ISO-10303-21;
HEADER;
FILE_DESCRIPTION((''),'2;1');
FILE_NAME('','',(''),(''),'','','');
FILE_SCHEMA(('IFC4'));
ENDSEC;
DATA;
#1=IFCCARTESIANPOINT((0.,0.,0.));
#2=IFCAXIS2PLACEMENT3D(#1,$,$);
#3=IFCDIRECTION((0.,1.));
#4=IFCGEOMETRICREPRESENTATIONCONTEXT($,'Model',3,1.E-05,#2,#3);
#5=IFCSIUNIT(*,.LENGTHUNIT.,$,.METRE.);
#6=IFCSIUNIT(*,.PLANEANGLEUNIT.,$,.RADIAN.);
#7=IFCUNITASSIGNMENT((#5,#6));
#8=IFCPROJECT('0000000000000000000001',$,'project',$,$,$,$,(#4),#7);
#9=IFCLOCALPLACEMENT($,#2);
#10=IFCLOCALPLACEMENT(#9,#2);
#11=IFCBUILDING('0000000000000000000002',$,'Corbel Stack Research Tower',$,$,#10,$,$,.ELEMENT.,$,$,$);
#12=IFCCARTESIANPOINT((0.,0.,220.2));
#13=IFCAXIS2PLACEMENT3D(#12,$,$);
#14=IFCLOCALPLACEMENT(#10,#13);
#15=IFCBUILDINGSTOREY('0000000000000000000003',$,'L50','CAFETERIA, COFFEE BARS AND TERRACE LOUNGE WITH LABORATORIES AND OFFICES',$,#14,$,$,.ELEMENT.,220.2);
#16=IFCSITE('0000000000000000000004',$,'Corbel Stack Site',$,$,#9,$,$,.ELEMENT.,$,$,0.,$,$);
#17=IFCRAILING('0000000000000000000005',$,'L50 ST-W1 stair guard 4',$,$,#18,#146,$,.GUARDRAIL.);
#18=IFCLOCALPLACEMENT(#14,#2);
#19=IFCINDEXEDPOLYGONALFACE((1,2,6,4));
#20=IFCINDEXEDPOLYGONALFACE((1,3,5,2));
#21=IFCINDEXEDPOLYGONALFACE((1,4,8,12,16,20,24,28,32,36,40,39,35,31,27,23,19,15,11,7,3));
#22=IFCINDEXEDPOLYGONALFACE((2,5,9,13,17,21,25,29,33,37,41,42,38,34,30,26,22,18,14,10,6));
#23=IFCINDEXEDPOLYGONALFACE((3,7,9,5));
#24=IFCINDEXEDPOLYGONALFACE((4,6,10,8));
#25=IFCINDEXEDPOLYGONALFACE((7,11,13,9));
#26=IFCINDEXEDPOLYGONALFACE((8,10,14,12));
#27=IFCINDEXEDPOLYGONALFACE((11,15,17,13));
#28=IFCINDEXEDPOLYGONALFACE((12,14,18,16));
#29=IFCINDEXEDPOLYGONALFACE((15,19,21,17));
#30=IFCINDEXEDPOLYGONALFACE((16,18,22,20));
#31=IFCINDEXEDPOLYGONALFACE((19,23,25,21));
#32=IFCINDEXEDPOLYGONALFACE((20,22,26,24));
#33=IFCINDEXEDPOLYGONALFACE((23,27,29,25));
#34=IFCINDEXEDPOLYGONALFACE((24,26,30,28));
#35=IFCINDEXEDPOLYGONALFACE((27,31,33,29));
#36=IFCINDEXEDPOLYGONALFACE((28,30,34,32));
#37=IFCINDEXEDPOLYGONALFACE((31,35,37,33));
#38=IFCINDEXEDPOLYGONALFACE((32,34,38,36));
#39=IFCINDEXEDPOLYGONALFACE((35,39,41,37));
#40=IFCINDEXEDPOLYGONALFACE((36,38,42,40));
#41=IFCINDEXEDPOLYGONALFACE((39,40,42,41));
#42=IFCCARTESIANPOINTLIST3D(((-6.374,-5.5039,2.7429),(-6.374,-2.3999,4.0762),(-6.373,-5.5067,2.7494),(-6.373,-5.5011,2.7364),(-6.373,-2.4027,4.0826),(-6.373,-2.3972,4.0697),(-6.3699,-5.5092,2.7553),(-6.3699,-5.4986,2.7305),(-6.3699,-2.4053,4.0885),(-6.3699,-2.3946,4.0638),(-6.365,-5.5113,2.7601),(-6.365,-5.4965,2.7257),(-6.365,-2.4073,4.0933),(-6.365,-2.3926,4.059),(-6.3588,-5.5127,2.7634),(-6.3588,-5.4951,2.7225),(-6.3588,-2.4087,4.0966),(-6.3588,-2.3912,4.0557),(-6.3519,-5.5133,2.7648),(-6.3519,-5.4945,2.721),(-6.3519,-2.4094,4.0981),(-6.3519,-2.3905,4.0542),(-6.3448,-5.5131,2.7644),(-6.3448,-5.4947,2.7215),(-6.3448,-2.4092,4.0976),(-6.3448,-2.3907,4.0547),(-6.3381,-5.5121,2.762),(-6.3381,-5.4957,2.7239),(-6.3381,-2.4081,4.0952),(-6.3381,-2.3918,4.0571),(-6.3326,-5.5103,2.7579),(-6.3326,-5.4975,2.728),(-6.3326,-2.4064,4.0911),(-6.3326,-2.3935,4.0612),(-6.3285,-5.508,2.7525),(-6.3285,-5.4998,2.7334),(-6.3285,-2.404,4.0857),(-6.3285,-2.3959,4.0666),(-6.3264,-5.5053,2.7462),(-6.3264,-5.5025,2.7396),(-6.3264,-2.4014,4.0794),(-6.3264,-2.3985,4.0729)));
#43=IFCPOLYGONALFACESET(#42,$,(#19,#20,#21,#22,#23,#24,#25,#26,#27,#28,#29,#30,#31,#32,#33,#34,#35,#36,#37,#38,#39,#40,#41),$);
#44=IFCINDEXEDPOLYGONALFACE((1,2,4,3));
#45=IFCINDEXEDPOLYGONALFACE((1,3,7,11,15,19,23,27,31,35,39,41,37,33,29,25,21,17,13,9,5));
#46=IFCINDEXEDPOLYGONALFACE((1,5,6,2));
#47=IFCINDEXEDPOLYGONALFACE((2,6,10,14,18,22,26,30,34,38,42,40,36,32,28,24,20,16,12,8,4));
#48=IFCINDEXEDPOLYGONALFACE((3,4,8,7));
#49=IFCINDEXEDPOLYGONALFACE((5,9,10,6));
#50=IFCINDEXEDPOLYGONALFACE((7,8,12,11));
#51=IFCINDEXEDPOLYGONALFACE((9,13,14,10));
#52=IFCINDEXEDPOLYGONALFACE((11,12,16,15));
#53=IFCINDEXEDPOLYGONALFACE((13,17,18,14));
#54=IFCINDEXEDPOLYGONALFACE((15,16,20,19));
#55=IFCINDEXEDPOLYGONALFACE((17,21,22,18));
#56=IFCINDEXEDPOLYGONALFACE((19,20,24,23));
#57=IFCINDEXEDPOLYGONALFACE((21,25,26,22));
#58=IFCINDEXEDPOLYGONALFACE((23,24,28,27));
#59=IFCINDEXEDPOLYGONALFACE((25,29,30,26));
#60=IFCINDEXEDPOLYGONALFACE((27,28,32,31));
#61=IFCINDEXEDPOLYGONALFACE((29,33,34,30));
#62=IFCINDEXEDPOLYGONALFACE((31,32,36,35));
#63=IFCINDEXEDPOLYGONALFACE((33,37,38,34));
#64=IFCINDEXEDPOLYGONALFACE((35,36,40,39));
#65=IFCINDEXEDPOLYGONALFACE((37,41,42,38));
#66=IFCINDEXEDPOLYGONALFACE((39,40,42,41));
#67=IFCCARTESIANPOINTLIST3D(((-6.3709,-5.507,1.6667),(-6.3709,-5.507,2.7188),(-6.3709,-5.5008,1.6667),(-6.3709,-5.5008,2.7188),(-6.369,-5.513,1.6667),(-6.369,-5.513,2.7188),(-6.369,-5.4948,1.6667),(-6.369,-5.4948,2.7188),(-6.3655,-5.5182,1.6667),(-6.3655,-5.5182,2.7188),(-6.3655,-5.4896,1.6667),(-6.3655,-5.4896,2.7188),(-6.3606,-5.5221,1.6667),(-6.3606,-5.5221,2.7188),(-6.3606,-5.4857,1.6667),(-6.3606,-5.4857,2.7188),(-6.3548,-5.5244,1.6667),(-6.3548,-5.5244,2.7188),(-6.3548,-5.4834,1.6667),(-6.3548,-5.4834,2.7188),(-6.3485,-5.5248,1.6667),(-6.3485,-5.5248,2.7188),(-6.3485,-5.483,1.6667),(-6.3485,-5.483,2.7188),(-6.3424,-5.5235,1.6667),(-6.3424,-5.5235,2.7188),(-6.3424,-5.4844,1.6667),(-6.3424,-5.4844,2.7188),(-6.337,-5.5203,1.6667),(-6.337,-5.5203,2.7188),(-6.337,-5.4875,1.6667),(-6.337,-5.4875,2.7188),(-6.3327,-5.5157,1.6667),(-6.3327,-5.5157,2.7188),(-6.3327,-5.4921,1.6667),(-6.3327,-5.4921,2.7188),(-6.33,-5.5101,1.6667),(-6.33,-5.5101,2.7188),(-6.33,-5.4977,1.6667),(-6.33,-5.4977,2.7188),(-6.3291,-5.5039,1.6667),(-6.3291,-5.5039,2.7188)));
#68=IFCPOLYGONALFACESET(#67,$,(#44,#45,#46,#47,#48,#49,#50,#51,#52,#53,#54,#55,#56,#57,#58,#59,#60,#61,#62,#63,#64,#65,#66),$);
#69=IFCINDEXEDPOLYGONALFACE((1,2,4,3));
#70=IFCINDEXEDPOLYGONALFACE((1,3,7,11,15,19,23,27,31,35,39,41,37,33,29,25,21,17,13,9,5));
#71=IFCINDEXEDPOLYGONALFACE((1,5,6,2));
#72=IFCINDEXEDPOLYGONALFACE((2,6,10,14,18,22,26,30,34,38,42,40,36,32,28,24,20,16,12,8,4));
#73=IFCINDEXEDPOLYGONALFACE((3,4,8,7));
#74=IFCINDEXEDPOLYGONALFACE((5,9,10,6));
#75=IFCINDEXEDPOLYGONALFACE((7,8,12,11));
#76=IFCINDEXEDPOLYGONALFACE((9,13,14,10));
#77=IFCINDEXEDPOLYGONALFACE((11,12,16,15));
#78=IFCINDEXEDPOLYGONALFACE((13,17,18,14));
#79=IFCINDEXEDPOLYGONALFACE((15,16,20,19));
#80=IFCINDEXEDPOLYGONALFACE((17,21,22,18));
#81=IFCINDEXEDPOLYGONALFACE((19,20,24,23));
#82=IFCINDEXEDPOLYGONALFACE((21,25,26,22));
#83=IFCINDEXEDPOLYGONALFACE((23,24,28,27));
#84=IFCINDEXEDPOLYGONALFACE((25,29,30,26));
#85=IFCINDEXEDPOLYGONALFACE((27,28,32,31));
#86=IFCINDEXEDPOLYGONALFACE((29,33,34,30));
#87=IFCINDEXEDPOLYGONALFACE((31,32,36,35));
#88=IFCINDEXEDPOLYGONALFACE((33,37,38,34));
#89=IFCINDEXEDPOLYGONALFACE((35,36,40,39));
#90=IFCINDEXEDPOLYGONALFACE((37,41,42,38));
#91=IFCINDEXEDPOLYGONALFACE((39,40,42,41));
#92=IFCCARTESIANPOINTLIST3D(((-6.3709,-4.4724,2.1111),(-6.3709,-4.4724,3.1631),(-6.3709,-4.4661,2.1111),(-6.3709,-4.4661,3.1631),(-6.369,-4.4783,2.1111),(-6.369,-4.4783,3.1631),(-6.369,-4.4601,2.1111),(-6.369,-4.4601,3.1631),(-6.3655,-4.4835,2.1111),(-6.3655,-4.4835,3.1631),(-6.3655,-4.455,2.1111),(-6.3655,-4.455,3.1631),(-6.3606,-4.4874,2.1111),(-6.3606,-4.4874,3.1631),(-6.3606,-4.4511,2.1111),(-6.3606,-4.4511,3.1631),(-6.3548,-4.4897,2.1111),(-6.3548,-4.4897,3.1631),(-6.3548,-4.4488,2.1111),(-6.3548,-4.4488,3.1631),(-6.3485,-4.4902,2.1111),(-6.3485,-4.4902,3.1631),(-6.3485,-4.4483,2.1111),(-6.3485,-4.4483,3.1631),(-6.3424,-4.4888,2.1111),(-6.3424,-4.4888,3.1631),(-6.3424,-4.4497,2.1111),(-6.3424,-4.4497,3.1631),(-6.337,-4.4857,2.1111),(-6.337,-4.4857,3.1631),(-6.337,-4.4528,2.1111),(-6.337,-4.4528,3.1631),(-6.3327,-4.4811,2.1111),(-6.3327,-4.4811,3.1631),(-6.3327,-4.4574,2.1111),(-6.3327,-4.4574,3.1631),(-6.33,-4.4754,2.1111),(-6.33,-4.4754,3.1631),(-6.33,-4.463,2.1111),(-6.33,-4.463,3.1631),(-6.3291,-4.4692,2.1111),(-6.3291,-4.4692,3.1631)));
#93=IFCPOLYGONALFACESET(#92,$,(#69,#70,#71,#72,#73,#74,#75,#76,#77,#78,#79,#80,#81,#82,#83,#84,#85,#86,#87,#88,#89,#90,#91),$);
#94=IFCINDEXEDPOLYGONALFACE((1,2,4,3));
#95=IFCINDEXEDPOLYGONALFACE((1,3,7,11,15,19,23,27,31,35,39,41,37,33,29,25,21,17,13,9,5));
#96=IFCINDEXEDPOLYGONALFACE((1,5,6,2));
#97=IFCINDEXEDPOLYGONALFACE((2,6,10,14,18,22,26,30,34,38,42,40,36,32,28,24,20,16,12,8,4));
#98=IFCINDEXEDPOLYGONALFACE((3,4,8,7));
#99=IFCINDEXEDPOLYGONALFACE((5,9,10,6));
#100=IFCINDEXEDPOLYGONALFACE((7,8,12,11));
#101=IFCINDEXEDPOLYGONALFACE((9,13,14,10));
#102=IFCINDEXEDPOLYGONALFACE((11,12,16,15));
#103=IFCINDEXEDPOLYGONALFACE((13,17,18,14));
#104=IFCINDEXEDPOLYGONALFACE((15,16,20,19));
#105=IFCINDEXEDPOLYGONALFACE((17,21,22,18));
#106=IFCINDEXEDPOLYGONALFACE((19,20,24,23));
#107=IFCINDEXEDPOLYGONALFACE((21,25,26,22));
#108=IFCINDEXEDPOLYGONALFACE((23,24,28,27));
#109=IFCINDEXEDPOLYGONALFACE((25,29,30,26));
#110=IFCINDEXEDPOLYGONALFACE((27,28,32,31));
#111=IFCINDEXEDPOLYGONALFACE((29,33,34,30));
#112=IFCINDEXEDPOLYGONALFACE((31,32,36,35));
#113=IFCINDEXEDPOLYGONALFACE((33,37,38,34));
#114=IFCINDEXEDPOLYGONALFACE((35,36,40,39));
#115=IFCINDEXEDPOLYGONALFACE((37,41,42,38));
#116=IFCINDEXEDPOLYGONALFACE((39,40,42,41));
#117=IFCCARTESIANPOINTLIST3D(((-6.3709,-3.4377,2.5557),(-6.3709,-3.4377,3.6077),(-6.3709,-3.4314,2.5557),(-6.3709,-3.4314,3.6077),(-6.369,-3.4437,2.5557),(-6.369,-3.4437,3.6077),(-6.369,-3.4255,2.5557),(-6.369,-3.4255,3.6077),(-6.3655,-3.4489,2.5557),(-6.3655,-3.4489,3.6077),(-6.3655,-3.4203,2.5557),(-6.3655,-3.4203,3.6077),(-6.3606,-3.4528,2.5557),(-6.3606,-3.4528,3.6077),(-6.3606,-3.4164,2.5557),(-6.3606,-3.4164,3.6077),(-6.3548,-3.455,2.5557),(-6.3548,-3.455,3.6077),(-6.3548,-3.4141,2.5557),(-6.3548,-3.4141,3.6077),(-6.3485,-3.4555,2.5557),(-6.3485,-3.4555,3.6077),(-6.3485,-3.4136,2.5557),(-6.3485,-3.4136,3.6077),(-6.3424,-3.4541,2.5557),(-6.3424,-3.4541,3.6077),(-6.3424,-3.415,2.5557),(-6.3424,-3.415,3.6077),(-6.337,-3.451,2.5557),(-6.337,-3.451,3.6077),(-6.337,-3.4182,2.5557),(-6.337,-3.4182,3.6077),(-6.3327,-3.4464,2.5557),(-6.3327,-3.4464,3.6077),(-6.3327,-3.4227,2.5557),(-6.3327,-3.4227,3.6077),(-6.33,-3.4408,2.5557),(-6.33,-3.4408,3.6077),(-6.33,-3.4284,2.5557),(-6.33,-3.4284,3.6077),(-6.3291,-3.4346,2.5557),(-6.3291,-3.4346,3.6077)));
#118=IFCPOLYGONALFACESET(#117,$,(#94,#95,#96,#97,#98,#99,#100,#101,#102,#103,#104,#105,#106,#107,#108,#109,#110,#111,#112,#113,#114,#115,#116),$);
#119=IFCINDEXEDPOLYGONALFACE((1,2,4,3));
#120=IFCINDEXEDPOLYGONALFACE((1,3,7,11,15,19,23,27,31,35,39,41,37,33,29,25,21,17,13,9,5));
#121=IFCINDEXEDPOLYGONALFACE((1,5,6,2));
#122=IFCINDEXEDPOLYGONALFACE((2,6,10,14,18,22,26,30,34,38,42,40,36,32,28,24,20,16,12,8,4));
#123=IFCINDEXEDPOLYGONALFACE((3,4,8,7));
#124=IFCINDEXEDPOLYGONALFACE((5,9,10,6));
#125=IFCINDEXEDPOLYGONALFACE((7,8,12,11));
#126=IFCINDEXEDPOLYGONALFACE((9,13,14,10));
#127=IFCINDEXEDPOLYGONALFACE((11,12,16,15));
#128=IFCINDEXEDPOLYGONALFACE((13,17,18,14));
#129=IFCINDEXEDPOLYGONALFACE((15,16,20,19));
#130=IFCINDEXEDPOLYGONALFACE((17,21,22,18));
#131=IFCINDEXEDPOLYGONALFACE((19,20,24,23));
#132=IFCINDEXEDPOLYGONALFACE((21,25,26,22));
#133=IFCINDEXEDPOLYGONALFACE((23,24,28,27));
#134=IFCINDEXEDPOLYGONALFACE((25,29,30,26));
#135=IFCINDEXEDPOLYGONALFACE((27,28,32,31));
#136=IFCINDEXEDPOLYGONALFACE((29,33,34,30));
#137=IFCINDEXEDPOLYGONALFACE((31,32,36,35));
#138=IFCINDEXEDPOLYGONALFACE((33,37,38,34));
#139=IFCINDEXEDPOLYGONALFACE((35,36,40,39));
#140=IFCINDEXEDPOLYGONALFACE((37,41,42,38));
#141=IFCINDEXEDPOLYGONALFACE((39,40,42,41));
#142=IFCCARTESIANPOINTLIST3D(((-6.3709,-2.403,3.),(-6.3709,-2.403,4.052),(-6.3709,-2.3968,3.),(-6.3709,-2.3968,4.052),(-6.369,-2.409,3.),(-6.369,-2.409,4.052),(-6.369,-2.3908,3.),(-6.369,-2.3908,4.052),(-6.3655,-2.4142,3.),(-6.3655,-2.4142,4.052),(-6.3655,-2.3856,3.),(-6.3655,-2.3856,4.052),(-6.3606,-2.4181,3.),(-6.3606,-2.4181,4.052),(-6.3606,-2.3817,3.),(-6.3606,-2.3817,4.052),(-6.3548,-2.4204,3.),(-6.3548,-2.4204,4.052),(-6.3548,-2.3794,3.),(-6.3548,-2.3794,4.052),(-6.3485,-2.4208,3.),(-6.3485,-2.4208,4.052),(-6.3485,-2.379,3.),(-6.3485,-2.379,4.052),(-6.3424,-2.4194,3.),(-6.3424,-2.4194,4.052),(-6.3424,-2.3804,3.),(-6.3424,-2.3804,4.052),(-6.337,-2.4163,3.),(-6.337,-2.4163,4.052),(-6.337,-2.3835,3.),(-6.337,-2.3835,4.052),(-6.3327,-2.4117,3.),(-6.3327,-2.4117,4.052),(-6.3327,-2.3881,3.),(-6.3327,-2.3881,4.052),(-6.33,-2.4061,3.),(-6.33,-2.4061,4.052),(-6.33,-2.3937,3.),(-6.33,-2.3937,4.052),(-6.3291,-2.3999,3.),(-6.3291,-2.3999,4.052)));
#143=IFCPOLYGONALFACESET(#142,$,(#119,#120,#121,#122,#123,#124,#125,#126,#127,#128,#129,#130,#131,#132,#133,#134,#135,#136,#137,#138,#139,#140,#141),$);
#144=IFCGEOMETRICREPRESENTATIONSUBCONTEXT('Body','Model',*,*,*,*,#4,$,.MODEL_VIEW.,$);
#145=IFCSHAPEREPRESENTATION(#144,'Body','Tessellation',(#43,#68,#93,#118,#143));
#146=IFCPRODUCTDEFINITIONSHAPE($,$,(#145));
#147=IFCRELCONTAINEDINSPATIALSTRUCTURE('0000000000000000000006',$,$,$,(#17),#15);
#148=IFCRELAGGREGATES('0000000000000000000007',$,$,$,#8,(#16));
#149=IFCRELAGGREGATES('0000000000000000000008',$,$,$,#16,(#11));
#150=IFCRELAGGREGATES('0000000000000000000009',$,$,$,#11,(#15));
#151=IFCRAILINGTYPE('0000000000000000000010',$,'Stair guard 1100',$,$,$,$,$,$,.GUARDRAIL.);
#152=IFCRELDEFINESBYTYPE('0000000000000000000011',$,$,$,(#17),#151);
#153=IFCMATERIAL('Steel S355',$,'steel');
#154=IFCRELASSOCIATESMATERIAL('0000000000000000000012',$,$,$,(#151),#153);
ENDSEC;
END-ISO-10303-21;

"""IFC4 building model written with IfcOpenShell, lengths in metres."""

from ifc_helpers import new_model, si_unit, direction, frame, origin, origin_2d, place, context, subcontext, project, spatial, circle, extrude, material, type_object, element, save


model = new_model("IFC4")

# Units and contexts
model_context = context("Model", 3, precision=1e-05, world=origin(), true_north=direction((0.0, 1.0)))
body_context = subcontext(model_context, "Body", "Model", "MODEL_VIEW")
ifc_project = project(units=[si_unit("LENGTHUNIT", "METRE"), si_unit("PLANEANGLEUNIT", "RADIAN")], contexts=[model_context])

# Site, building, storey
site_placement = place(None, origin())
site = spatial("IfcSite", under=ifc_project, at=site_placement, Name="Corbel Stack Site", CompositionType="ELEMENT", RefElevation=0.0)
building_placement = place(site_placement, origin())
building = spatial("IfcBuilding", under=site, at=building_placement, Name="Corbel Stack Research Tower", CompositionType="ELEMENT")
storey_placement = place(building_placement, frame((0.0, 0.0, 220.2)))
storey = spatial("IfcBuildingStorey", under=building, at=storey_placement, Name="L50", Description="CAFETERIA, COFFEE BARS AND TERRACE LOUNGE WITH LABORATORIES AND OFFICES", CompositionType="ELEMENT", Elevation=220.2)

# Railing
ifc_material_1 = material(Name="Steel S355", Category="steel")
railing_type_1 = type_object("IfcRailingType", Name="Stair guard 1100", PredefinedType="GUARDRAIL", material=ifc_material_1)
railing_1_placement = place(storey_placement, frame((-6.3501, -5.5039, 1.6667)))
element("IfcRailing", 1, at=railing_1_placement, inside=storey, type_object=railing_type_1, Name="L50 ST-W1 stair guard 4", PredefinedType="GUARDRAIL", context=body_context, shape_type="SweptSolid", body=[
    extrude(circle(Radius=0.0239, at=origin_2d()), frame((0.0, 0.0, 1.0762), z_axis=(0.0, 0.918827, 0.394661), x_axis=(-1.0, 0.0, 0.0)), (0.0, 0.0, 1.0), 3.3782),
    extrude(circle(Radius=0.021, at=origin_2d()), origin(), (0.0, 0.0, 1.0), 1.052),
    extrude(circle(Radius=0.021, at=origin_2d()), frame((0.0, 1.0347, 0.4443)), (0.0, 0.0, 1.0), 1.052),
    extrude(circle(Radius=0.021, at=origin_2d()), frame((0.0, 2.0693, 0.8889)), (0.0, 0.0, 1.0), 1.052),
    extrude(circle(Radius=0.021, at=origin_2d()), frame((0.0, 3.104, 1.3333)), (0.0, 0.0, 1.0), 1.052),
])

save(model, "model.ifc")
